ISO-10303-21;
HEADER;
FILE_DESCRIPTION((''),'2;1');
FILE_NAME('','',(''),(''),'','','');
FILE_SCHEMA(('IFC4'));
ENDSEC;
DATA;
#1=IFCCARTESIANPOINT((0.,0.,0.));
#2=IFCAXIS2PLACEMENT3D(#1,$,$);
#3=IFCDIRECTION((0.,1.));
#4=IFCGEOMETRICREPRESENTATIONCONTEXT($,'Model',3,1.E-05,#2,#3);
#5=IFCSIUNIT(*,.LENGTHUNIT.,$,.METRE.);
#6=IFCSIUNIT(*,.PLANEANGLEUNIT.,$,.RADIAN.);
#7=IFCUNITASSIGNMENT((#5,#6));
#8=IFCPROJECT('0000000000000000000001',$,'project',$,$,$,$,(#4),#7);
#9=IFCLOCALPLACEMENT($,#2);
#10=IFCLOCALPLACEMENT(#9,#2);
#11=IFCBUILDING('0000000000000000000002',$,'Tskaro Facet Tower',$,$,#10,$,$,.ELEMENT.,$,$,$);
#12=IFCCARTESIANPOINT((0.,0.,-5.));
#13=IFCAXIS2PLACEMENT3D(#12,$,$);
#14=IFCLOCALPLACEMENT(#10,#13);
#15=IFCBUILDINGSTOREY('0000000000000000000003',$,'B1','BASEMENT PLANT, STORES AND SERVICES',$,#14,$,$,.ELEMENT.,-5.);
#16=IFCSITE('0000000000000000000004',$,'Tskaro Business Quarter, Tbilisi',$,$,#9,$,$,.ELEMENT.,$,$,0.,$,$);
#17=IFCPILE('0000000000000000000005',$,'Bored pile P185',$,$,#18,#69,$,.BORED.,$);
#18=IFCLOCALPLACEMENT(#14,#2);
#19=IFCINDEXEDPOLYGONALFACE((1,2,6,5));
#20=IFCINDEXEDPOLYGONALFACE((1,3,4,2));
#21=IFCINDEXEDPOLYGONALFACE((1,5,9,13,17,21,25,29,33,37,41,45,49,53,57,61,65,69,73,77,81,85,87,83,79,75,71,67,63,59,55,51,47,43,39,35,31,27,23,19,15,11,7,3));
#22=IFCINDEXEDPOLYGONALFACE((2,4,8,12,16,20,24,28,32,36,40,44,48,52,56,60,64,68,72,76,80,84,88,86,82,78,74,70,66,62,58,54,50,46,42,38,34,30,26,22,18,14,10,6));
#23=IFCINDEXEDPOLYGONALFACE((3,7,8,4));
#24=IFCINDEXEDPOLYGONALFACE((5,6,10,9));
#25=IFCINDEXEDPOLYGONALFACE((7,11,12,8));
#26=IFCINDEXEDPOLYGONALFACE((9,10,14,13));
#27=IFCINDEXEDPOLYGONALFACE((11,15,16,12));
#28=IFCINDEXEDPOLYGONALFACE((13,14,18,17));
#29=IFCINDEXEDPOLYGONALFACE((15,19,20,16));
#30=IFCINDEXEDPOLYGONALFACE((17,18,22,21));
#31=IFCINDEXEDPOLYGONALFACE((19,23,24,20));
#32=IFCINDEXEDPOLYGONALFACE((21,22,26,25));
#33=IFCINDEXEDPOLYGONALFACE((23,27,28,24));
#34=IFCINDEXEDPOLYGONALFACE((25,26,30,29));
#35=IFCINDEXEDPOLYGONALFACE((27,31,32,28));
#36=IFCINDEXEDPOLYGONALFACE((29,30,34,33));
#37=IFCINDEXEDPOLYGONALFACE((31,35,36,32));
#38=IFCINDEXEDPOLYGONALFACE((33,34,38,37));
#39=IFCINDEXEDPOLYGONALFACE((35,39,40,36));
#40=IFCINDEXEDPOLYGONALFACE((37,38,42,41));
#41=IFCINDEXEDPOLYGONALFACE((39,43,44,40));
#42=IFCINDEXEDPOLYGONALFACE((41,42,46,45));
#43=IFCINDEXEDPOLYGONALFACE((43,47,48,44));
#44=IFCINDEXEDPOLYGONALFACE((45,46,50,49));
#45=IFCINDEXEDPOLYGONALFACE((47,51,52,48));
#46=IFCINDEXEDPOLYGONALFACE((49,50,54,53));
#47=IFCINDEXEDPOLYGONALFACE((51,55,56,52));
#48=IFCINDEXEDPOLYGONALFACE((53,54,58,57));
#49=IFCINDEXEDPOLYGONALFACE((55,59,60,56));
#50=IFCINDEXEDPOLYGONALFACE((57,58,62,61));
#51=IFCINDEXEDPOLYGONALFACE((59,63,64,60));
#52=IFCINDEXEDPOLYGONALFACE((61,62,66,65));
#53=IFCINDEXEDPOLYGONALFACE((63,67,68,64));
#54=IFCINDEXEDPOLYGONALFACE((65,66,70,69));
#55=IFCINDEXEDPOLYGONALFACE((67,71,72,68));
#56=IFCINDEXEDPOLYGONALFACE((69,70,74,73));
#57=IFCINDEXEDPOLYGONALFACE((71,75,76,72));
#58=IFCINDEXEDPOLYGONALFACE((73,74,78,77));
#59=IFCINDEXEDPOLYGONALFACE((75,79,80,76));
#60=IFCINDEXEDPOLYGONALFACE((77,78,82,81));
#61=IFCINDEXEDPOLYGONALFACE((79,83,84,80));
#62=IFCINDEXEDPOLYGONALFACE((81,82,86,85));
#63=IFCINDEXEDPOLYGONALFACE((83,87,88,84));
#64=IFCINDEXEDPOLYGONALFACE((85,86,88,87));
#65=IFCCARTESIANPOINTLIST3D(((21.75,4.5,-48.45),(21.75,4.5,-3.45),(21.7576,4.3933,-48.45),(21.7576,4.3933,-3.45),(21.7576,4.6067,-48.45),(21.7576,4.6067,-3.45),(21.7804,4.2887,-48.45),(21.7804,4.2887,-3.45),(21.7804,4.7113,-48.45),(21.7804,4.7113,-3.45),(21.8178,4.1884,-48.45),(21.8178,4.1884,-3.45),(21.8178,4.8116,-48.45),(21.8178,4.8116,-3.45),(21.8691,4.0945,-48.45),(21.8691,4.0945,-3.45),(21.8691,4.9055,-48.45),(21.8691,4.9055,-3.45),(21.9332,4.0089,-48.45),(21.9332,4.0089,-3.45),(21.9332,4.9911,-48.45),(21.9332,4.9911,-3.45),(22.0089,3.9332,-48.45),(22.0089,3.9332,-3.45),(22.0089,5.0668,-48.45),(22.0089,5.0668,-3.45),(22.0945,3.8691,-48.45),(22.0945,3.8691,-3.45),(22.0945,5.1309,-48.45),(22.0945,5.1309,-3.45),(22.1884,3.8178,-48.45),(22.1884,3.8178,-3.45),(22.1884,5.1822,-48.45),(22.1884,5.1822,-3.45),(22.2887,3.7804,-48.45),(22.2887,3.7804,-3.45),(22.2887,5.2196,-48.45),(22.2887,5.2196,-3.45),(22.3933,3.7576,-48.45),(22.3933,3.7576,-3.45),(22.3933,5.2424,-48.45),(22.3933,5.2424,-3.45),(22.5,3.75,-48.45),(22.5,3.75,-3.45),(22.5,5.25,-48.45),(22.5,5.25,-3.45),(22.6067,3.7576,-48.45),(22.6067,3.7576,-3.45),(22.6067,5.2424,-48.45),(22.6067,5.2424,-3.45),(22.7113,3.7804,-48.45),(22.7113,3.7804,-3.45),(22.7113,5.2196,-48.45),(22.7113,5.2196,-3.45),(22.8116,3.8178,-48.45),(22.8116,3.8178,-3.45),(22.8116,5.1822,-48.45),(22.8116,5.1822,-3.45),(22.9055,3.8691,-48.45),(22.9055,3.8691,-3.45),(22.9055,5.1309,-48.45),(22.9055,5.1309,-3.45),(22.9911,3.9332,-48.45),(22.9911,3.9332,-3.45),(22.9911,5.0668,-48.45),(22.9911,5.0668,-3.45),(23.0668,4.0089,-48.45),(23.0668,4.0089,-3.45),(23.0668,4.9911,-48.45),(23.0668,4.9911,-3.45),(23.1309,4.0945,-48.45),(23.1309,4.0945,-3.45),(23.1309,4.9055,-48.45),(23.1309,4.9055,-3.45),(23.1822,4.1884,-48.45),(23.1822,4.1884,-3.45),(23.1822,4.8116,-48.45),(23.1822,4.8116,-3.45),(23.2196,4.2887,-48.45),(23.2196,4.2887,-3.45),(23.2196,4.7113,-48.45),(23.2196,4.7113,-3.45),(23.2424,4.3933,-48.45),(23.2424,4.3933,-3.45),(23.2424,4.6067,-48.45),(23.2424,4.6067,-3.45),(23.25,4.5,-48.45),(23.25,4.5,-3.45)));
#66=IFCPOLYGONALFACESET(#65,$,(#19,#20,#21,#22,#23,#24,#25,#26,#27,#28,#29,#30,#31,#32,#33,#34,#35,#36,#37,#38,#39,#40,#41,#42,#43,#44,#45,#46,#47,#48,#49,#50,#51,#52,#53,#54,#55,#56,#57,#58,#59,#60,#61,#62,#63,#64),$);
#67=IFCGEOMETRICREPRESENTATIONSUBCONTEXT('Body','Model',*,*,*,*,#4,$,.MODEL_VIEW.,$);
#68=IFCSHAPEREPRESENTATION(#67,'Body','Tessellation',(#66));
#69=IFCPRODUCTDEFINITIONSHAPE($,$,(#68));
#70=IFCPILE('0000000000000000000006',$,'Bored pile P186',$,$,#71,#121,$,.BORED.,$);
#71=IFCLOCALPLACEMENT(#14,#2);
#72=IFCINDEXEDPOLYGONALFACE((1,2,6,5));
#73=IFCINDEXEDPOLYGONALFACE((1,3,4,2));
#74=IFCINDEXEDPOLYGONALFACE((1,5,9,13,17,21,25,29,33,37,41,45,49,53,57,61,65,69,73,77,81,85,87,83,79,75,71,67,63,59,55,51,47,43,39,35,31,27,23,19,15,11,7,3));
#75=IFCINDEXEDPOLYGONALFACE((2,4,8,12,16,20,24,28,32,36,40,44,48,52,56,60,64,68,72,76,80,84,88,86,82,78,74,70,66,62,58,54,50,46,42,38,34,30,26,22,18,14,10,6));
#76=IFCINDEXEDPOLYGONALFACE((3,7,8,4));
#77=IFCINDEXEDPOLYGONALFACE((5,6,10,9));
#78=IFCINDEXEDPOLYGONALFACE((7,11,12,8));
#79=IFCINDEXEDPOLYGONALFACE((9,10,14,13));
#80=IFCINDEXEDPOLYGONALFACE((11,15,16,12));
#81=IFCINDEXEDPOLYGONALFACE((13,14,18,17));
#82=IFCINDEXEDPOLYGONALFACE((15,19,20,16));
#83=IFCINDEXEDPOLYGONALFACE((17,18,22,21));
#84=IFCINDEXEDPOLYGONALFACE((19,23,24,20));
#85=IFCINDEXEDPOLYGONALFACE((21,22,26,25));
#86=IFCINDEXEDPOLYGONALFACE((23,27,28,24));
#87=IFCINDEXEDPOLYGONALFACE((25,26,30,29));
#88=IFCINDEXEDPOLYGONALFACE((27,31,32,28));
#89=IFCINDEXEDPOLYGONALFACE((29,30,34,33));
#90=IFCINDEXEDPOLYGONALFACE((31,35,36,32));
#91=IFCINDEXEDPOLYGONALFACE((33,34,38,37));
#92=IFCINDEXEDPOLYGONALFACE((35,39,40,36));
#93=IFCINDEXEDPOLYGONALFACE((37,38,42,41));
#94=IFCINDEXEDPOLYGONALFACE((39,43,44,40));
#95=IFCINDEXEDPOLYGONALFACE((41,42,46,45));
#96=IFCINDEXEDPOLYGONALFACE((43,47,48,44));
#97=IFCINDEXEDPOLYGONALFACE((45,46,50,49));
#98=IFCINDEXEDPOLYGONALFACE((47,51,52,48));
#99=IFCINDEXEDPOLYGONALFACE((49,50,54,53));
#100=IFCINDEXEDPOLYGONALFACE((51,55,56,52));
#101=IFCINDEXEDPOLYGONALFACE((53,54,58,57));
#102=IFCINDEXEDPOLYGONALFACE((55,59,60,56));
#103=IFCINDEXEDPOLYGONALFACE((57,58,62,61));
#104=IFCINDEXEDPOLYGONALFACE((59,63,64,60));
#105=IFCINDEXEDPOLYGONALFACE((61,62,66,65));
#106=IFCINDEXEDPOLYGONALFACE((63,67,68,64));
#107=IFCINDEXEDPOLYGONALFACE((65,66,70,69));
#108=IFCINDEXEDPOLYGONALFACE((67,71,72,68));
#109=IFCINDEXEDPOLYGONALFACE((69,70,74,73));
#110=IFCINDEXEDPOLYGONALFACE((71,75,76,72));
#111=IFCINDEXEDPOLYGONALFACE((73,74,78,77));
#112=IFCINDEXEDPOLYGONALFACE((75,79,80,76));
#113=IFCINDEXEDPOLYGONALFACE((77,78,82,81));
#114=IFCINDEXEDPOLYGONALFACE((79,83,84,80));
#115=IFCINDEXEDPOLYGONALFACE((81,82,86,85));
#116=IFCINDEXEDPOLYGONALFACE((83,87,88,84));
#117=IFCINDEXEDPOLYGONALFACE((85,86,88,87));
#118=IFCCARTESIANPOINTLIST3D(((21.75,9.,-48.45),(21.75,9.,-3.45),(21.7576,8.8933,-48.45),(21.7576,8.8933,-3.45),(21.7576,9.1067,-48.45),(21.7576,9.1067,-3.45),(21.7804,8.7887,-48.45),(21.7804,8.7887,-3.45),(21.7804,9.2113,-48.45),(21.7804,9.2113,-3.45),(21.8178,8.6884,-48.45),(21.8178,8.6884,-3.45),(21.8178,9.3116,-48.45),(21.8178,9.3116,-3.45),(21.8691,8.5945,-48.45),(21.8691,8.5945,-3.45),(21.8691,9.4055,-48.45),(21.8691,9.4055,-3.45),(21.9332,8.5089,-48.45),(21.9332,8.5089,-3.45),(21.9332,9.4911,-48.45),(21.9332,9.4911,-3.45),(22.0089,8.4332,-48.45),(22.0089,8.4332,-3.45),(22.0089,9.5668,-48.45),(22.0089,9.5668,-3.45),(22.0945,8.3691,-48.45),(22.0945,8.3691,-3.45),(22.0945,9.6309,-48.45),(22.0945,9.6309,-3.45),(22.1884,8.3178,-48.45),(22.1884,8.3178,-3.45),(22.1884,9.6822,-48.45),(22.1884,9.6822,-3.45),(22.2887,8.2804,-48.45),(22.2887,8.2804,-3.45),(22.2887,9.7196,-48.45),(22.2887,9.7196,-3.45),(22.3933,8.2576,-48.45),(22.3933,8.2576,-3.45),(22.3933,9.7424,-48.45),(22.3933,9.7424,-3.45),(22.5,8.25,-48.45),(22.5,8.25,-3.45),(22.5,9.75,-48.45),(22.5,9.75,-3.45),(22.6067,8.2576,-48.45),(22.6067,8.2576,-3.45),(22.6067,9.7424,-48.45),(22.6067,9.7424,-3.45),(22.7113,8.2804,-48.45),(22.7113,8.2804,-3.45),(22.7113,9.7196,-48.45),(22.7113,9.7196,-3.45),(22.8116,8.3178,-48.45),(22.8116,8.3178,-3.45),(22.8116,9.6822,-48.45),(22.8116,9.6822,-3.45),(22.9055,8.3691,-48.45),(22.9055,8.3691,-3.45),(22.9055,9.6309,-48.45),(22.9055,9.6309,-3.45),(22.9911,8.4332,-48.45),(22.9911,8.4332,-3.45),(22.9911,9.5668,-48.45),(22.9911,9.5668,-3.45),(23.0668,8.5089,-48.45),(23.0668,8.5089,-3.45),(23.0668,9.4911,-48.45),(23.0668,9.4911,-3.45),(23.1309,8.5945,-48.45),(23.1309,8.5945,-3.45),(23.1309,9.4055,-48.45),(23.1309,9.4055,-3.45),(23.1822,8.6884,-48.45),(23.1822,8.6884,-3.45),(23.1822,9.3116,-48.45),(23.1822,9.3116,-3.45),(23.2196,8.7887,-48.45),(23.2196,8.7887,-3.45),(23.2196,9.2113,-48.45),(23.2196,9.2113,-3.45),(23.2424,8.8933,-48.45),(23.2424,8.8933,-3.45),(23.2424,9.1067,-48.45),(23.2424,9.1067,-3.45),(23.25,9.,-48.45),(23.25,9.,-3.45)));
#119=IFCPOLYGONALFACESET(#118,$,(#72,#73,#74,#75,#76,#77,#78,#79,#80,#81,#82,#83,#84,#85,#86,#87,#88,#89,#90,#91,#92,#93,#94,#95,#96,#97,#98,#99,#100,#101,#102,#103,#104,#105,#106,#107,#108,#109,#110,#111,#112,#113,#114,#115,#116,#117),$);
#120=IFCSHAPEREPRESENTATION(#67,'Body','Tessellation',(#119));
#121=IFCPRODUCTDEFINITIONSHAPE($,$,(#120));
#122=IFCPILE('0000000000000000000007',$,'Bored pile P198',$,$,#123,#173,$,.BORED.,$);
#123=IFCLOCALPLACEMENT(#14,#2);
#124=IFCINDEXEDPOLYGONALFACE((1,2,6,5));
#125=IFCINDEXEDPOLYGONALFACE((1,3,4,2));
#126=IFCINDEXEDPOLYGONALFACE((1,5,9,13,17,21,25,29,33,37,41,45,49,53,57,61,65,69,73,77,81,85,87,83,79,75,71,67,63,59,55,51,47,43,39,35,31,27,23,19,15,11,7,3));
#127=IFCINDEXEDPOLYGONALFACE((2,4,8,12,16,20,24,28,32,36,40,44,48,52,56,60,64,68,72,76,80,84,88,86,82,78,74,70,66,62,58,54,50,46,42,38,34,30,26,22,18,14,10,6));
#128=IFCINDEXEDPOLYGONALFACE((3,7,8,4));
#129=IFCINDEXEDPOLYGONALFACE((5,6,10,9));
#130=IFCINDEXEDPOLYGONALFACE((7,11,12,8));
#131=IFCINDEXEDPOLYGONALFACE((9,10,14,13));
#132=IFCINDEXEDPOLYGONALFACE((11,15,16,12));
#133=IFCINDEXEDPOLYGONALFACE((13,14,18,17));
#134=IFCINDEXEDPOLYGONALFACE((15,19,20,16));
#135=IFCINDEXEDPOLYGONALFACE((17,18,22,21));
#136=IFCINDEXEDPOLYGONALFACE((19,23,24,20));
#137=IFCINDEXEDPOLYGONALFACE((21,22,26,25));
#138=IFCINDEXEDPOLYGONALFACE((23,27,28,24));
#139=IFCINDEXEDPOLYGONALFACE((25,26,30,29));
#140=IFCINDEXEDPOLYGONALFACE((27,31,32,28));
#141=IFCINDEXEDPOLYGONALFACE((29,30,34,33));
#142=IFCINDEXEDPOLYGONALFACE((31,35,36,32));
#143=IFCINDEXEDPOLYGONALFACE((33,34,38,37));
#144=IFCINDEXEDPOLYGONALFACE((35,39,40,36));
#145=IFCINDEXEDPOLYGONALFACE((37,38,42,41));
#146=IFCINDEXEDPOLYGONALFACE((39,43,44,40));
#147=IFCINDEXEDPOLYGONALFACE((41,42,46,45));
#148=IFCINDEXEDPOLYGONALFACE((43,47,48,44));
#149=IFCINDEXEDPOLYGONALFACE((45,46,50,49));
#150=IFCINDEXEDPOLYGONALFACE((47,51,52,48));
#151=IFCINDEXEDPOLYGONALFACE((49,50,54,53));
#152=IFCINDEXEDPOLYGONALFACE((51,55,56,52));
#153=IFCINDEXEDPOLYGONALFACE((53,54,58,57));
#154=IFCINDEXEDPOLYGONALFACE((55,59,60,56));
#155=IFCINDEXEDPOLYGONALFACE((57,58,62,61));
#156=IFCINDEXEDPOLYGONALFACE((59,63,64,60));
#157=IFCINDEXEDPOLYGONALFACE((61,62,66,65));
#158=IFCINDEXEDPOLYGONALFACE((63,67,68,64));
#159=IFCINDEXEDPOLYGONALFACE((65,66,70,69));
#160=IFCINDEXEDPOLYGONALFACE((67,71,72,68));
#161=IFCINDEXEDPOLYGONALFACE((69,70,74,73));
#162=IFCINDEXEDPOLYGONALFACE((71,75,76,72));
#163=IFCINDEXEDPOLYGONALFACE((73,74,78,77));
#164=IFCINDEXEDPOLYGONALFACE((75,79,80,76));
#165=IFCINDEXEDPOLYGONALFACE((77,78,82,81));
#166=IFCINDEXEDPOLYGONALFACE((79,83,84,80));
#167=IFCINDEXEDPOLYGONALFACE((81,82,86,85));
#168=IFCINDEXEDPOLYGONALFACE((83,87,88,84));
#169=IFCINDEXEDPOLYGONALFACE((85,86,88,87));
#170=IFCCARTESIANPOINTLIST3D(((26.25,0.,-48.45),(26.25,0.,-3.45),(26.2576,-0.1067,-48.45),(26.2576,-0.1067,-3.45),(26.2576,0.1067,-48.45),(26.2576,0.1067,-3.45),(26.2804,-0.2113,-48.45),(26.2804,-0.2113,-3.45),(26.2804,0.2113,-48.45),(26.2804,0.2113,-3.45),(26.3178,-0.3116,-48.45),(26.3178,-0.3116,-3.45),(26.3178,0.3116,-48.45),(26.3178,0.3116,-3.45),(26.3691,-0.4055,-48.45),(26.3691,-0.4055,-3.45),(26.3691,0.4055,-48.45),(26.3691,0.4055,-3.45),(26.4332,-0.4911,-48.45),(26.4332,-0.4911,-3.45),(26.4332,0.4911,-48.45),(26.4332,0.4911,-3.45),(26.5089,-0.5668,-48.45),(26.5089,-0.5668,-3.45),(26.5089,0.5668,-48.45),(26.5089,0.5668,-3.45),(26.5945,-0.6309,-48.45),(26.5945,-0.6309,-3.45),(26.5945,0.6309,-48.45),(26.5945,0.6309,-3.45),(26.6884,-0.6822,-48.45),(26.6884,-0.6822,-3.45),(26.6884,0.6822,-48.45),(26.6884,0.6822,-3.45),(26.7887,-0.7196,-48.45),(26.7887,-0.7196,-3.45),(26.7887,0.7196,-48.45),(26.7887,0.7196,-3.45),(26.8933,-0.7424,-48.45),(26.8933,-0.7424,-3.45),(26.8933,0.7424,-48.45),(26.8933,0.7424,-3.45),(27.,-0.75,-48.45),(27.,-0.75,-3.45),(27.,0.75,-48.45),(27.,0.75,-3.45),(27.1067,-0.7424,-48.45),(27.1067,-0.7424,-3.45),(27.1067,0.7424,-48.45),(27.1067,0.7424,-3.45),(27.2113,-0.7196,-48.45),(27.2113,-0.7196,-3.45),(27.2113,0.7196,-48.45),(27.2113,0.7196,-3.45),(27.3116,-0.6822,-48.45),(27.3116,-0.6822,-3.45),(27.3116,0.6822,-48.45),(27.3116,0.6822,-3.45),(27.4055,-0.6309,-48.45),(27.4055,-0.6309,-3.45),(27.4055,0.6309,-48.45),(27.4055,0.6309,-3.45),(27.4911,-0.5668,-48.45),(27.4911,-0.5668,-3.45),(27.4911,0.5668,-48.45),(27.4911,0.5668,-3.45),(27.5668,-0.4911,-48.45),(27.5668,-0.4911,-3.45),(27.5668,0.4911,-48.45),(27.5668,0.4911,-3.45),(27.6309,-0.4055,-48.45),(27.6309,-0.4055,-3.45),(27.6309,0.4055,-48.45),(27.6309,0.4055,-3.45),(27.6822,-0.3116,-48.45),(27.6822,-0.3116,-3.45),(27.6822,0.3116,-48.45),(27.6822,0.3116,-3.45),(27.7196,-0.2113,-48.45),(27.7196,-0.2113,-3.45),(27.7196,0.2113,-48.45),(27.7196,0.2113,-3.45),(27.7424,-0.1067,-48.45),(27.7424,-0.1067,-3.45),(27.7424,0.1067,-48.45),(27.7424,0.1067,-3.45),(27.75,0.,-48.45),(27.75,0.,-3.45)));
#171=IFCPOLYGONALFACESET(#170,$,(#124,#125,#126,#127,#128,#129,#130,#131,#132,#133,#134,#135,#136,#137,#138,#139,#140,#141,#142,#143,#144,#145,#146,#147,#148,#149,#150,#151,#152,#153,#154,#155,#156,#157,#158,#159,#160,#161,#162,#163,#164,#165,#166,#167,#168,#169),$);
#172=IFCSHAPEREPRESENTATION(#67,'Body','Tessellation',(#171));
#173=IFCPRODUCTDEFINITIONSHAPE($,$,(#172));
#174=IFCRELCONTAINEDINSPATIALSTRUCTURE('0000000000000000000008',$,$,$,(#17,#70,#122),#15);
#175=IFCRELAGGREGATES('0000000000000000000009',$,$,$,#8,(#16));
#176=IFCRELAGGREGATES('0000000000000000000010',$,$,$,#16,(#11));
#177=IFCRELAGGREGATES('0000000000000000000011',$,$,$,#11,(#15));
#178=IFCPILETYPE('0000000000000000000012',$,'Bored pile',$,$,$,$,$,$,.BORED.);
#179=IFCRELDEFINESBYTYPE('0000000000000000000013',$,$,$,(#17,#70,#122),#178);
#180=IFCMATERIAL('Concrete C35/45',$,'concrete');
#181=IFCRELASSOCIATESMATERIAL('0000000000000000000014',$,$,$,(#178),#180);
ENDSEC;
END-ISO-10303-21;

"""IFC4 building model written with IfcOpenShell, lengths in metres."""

from ifc_helpers import new_model, si_unit, direction, frame, origin, origin_2d, place, context, subcontext, project, spatial, circle, extrude, material, material_profile, profile_set, type_object, element, save


model = new_model("IFC4")

# Units and contexts
model_context = context("Model", 3, precision=1e-05, world=origin(), true_north=direction((0.0, 1.0)))
body_context = subcontext(model_context, "Body", "Model", "MODEL_VIEW")
ifc_project = project(units=[si_unit("LENGTHUNIT", "METRE"), si_unit("PLANEANGLEUNIT", "RADIAN")], contexts=[model_context])

# Site, building, storey
site_placement = place(None, origin())
site = spatial("IfcSite", under=ifc_project, at=site_placement, Name="Tskaro Business Quarter, Tbilisi", CompositionType="ELEMENT", RefElevation=0.0)
building_placement = place(site_placement, origin())
building = spatial("IfcBuilding", under=site, at=building_placement, Name="Tskaro Facet Tower", CompositionType="ELEMENT")
storey_placement = place(building_placement, frame((0.0, 0.0, -5.0)))
storey = spatial("IfcBuildingStorey", under=building, at=storey_placement, Name="B1", Description="BASEMENT PLANT, STORES AND SERVICES", CompositionType="ELEMENT", Elevation=-5.0)

# Piles
ifc_material_1 = material(Name="Concrete C35/45", Category="concrete")
ifc_material_profile_1 = material_profile(ifc_material_1, circle(Radius=0.75, at=origin_2d()), Name="Bored pile")
ifc_profile_set_1 = profile_set([ifc_material_profile_1], Name="Concrete C35/45")
pile_type = type_object("IfcPileType", Name="Bored pile", PredefinedType="BORED", material=ifc_profile_set_1)
for number, where, z_axis, x_axis, name in (
    (1, (22.5, 4.5, -3.45), (0.0, 0.0, -1.0), (1.0, 0.0, 0.0), "Bored pile P185"),
    (2, (22.5, 9.0, -3.45), (0.0, 0.0, -1.0), (1.0, 0.0, 0.0), "Bored pile P186"),
    (3, (27.0, 0.0, -3.45), (0.0, 0.0, -1.0), (1.0, 0.0, 0.0), "Bored pile P198"),
):
    element("IfcPile", number, at=place(storey_placement, frame(where, z_axis=z_axis, x_axis=x_axis)), inside=storey, type_object=pile_type, Name=name, PredefinedType="BORED", context=body_context, shape_type="SweptSolid", body=[
        extrude(circle(Radius=0.75, at=origin_2d()), origin(), (0.0, 0.0, 1.0), 45.0),
    ])

save(model, "model.ifc")
